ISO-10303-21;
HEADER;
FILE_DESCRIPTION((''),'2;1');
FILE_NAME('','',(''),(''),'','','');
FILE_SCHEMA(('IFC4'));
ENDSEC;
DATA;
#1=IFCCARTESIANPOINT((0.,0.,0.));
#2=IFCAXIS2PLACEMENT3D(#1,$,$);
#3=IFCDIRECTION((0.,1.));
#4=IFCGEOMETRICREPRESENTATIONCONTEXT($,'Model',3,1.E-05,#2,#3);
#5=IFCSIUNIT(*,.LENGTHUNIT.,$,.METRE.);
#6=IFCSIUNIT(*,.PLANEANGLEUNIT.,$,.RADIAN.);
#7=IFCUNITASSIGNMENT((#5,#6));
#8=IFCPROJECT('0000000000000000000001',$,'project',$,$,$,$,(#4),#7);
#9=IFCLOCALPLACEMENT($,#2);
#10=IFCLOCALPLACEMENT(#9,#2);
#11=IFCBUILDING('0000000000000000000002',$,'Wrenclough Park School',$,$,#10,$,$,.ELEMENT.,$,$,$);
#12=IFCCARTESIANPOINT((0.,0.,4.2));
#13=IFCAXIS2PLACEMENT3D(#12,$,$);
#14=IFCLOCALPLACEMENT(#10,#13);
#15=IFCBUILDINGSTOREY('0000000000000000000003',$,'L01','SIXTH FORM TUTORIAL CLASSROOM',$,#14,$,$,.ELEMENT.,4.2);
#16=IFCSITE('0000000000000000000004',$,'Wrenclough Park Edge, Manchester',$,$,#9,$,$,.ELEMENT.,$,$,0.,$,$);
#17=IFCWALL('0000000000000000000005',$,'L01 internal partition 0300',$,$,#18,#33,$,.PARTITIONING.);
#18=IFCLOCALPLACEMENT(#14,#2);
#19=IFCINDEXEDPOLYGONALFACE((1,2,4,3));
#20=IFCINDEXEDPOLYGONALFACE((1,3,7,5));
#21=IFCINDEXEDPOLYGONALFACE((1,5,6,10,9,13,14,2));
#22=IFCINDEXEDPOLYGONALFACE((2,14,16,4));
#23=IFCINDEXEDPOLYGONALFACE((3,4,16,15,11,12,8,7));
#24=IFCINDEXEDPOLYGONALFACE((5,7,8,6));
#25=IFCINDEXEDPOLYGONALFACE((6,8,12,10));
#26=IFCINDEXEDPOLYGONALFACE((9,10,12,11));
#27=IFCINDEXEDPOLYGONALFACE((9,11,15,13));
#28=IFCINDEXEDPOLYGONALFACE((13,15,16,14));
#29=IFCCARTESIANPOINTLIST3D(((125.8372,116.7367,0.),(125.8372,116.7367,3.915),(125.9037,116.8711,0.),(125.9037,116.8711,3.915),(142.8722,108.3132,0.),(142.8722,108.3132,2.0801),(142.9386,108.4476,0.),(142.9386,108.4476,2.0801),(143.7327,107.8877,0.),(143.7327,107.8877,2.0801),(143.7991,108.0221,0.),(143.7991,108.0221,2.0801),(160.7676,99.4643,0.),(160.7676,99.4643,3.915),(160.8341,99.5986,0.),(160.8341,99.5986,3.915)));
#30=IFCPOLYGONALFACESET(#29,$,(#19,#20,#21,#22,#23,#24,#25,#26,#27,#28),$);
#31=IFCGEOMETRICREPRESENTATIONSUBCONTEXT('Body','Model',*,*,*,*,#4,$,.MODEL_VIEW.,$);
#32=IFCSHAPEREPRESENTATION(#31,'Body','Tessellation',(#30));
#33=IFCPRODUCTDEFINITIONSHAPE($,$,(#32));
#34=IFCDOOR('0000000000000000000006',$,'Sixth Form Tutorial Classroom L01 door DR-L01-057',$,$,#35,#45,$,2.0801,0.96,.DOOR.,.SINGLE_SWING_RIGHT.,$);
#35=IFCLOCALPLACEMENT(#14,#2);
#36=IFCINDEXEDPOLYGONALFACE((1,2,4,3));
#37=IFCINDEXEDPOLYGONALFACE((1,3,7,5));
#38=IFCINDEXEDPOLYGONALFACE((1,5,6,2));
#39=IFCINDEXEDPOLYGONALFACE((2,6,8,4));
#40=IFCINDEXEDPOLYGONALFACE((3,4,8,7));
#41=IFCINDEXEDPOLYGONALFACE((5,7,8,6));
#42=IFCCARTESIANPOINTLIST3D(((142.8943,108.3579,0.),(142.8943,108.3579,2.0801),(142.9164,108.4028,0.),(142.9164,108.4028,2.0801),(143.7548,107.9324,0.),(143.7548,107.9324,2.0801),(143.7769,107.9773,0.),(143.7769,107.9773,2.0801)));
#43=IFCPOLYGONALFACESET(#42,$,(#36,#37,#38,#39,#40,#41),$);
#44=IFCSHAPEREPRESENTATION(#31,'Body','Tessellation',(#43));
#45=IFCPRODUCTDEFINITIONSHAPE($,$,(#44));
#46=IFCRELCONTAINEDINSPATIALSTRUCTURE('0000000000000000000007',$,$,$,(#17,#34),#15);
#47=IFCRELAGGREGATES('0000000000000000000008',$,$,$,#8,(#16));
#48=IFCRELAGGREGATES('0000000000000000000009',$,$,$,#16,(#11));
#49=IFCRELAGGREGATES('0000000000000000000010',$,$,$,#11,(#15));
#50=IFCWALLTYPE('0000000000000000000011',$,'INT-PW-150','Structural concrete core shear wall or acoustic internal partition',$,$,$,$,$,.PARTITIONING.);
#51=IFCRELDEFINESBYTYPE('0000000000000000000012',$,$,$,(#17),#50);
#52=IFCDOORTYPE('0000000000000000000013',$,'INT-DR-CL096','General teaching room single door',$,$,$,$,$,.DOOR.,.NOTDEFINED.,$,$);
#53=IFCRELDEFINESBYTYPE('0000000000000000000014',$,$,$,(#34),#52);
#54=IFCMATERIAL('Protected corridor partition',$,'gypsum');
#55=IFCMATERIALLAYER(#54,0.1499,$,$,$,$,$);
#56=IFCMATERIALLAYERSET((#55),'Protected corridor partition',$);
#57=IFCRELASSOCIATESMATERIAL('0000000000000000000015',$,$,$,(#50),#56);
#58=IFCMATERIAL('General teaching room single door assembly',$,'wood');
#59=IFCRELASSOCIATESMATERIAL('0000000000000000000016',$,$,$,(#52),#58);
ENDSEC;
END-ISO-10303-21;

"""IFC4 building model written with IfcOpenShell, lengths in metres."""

from ifc_helpers import new_model, si_unit, direction, frame, frame_2d, origin, place, context, subcontext, project, spatial, rectangle, extrude, material, layer, layer_set, type_object, element, fill, save


model = new_model("IFC4")

# Units and contexts
model_context = context("Model", 3, precision=1e-05, world=origin(), true_north=direction((0.0, 1.0)))
body_context = subcontext(model_context, "Body", "Model", "MODEL_VIEW")
ifc_project = project(units=[si_unit("LENGTHUNIT", "METRE"), si_unit("PLANEANGLEUNIT", "RADIAN")], contexts=[model_context])

# Site, building, storey
site_placement = place(None, origin())
site = spatial("IfcSite", under=ifc_project, at=site_placement, Name="Wrenclough Park Edge, Manchester", CompositionType="ELEMENT", RefElevation=0.0)
building_placement = place(site_placement, origin())
building = spatial("IfcBuilding", under=site, at=building_placement, Name="Wrenclough Park School", CompositionType="ELEMENT")
storey_placement = place(building_placement, frame((0.0, 0.0, 4.2)))
storey = spatial("IfcBuildingStorey", under=building, at=storey_placement, Name="L01", Description="SIXTH FORM TUTORIAL CLASSROOM", CompositionType="ELEMENT", Elevation=4.2)

# Wall, opening, door
ifc_material_1 = material(Name="Protected corridor partition", Category="gypsum")
ifc_layer_1 = layer(ifc_material_1, 0.1499)
ifc_layer_set_1 = layer_set([ifc_layer_1], Name="Protected corridor partition")
wall_type = type_object("IfcWallType", Name="INT-PW-150", Description="Structural concrete core shear wall or acoustic internal partition", PredefinedType="PARTITIONING", material=ifc_layer_set_1)
wall_placement = place(storey_placement, frame((125.8704, 116.804, 0.0), z_axis=(0.0, 0.0, 1.0), x_axis=(0.896397, -0.443252, 0.0)))
wall = element("IfcWall", 1, at=wall_placement, inside=storey, type_object=wall_type, Name="L01 internal partition 0300", PredefinedType="PARTITIONING", context=body_context, shape_type="SweptSolid", body=[
    extrude(rectangle(XDim=38.9675, YDim=0.1499, at=frame_2d((19.4839, 0.0))), origin(), (0.0, 0.0, 1.0), 3.915),
])
opening_placement = place(wall_placement, frame((19.0039, 0.0, 0.0)))
opening = element("IfcOpeningElement", 2, at=opening_placement, cuts=wall, PredefinedType="OPENING", context=body_context, shape_type="SweptSolid", body=[
    extrude(rectangle(XDim=0.96, YDim=2.0801, at=frame_2d((0.48, 1.04))), frame((0.0, 0.085, 0.0), z_axis=(0.0, -1.0, 0.0), x_axis=(1.0, 0.0, 0.0)), (0.0, 0.0, 1.0), 0.1699),
])
ifc_material_2 = material(Name="General teaching room single door assembly", Category="wood")
door_type = type_object("IfcDoorType", Name="INT-DR-CL096", Description="General teaching room single door", OperationType="NOTDEFINED", PredefinedType="DOOR", material=ifc_material_2)
door_placement = place(opening_placement, origin())
door = element("IfcDoor", 3, at=door_placement, inside=storey, type_object=door_type, Name="Sixth Form Tutorial Classroom L01 door DR-L01-057", OperationType="SINGLE_SWING_RIGHT", OverallHeight=2.0801, OverallWidth=0.96, PredefinedType="DOOR", context=body_context, shape_type="SweptSolid", body=[
    extrude(rectangle(XDim=0.96, YDim=2.0801, at=frame_2d((0.48, 1.04))), frame((0.0, 0.0249, 0.0), z_axis=(0.0, -1.0, 0.0), x_axis=(1.0, 0.0, 0.0)), (0.0, 0.0, 1.0), 0.05),
])
fill(opening, door)

save(model, "model.ifc")
